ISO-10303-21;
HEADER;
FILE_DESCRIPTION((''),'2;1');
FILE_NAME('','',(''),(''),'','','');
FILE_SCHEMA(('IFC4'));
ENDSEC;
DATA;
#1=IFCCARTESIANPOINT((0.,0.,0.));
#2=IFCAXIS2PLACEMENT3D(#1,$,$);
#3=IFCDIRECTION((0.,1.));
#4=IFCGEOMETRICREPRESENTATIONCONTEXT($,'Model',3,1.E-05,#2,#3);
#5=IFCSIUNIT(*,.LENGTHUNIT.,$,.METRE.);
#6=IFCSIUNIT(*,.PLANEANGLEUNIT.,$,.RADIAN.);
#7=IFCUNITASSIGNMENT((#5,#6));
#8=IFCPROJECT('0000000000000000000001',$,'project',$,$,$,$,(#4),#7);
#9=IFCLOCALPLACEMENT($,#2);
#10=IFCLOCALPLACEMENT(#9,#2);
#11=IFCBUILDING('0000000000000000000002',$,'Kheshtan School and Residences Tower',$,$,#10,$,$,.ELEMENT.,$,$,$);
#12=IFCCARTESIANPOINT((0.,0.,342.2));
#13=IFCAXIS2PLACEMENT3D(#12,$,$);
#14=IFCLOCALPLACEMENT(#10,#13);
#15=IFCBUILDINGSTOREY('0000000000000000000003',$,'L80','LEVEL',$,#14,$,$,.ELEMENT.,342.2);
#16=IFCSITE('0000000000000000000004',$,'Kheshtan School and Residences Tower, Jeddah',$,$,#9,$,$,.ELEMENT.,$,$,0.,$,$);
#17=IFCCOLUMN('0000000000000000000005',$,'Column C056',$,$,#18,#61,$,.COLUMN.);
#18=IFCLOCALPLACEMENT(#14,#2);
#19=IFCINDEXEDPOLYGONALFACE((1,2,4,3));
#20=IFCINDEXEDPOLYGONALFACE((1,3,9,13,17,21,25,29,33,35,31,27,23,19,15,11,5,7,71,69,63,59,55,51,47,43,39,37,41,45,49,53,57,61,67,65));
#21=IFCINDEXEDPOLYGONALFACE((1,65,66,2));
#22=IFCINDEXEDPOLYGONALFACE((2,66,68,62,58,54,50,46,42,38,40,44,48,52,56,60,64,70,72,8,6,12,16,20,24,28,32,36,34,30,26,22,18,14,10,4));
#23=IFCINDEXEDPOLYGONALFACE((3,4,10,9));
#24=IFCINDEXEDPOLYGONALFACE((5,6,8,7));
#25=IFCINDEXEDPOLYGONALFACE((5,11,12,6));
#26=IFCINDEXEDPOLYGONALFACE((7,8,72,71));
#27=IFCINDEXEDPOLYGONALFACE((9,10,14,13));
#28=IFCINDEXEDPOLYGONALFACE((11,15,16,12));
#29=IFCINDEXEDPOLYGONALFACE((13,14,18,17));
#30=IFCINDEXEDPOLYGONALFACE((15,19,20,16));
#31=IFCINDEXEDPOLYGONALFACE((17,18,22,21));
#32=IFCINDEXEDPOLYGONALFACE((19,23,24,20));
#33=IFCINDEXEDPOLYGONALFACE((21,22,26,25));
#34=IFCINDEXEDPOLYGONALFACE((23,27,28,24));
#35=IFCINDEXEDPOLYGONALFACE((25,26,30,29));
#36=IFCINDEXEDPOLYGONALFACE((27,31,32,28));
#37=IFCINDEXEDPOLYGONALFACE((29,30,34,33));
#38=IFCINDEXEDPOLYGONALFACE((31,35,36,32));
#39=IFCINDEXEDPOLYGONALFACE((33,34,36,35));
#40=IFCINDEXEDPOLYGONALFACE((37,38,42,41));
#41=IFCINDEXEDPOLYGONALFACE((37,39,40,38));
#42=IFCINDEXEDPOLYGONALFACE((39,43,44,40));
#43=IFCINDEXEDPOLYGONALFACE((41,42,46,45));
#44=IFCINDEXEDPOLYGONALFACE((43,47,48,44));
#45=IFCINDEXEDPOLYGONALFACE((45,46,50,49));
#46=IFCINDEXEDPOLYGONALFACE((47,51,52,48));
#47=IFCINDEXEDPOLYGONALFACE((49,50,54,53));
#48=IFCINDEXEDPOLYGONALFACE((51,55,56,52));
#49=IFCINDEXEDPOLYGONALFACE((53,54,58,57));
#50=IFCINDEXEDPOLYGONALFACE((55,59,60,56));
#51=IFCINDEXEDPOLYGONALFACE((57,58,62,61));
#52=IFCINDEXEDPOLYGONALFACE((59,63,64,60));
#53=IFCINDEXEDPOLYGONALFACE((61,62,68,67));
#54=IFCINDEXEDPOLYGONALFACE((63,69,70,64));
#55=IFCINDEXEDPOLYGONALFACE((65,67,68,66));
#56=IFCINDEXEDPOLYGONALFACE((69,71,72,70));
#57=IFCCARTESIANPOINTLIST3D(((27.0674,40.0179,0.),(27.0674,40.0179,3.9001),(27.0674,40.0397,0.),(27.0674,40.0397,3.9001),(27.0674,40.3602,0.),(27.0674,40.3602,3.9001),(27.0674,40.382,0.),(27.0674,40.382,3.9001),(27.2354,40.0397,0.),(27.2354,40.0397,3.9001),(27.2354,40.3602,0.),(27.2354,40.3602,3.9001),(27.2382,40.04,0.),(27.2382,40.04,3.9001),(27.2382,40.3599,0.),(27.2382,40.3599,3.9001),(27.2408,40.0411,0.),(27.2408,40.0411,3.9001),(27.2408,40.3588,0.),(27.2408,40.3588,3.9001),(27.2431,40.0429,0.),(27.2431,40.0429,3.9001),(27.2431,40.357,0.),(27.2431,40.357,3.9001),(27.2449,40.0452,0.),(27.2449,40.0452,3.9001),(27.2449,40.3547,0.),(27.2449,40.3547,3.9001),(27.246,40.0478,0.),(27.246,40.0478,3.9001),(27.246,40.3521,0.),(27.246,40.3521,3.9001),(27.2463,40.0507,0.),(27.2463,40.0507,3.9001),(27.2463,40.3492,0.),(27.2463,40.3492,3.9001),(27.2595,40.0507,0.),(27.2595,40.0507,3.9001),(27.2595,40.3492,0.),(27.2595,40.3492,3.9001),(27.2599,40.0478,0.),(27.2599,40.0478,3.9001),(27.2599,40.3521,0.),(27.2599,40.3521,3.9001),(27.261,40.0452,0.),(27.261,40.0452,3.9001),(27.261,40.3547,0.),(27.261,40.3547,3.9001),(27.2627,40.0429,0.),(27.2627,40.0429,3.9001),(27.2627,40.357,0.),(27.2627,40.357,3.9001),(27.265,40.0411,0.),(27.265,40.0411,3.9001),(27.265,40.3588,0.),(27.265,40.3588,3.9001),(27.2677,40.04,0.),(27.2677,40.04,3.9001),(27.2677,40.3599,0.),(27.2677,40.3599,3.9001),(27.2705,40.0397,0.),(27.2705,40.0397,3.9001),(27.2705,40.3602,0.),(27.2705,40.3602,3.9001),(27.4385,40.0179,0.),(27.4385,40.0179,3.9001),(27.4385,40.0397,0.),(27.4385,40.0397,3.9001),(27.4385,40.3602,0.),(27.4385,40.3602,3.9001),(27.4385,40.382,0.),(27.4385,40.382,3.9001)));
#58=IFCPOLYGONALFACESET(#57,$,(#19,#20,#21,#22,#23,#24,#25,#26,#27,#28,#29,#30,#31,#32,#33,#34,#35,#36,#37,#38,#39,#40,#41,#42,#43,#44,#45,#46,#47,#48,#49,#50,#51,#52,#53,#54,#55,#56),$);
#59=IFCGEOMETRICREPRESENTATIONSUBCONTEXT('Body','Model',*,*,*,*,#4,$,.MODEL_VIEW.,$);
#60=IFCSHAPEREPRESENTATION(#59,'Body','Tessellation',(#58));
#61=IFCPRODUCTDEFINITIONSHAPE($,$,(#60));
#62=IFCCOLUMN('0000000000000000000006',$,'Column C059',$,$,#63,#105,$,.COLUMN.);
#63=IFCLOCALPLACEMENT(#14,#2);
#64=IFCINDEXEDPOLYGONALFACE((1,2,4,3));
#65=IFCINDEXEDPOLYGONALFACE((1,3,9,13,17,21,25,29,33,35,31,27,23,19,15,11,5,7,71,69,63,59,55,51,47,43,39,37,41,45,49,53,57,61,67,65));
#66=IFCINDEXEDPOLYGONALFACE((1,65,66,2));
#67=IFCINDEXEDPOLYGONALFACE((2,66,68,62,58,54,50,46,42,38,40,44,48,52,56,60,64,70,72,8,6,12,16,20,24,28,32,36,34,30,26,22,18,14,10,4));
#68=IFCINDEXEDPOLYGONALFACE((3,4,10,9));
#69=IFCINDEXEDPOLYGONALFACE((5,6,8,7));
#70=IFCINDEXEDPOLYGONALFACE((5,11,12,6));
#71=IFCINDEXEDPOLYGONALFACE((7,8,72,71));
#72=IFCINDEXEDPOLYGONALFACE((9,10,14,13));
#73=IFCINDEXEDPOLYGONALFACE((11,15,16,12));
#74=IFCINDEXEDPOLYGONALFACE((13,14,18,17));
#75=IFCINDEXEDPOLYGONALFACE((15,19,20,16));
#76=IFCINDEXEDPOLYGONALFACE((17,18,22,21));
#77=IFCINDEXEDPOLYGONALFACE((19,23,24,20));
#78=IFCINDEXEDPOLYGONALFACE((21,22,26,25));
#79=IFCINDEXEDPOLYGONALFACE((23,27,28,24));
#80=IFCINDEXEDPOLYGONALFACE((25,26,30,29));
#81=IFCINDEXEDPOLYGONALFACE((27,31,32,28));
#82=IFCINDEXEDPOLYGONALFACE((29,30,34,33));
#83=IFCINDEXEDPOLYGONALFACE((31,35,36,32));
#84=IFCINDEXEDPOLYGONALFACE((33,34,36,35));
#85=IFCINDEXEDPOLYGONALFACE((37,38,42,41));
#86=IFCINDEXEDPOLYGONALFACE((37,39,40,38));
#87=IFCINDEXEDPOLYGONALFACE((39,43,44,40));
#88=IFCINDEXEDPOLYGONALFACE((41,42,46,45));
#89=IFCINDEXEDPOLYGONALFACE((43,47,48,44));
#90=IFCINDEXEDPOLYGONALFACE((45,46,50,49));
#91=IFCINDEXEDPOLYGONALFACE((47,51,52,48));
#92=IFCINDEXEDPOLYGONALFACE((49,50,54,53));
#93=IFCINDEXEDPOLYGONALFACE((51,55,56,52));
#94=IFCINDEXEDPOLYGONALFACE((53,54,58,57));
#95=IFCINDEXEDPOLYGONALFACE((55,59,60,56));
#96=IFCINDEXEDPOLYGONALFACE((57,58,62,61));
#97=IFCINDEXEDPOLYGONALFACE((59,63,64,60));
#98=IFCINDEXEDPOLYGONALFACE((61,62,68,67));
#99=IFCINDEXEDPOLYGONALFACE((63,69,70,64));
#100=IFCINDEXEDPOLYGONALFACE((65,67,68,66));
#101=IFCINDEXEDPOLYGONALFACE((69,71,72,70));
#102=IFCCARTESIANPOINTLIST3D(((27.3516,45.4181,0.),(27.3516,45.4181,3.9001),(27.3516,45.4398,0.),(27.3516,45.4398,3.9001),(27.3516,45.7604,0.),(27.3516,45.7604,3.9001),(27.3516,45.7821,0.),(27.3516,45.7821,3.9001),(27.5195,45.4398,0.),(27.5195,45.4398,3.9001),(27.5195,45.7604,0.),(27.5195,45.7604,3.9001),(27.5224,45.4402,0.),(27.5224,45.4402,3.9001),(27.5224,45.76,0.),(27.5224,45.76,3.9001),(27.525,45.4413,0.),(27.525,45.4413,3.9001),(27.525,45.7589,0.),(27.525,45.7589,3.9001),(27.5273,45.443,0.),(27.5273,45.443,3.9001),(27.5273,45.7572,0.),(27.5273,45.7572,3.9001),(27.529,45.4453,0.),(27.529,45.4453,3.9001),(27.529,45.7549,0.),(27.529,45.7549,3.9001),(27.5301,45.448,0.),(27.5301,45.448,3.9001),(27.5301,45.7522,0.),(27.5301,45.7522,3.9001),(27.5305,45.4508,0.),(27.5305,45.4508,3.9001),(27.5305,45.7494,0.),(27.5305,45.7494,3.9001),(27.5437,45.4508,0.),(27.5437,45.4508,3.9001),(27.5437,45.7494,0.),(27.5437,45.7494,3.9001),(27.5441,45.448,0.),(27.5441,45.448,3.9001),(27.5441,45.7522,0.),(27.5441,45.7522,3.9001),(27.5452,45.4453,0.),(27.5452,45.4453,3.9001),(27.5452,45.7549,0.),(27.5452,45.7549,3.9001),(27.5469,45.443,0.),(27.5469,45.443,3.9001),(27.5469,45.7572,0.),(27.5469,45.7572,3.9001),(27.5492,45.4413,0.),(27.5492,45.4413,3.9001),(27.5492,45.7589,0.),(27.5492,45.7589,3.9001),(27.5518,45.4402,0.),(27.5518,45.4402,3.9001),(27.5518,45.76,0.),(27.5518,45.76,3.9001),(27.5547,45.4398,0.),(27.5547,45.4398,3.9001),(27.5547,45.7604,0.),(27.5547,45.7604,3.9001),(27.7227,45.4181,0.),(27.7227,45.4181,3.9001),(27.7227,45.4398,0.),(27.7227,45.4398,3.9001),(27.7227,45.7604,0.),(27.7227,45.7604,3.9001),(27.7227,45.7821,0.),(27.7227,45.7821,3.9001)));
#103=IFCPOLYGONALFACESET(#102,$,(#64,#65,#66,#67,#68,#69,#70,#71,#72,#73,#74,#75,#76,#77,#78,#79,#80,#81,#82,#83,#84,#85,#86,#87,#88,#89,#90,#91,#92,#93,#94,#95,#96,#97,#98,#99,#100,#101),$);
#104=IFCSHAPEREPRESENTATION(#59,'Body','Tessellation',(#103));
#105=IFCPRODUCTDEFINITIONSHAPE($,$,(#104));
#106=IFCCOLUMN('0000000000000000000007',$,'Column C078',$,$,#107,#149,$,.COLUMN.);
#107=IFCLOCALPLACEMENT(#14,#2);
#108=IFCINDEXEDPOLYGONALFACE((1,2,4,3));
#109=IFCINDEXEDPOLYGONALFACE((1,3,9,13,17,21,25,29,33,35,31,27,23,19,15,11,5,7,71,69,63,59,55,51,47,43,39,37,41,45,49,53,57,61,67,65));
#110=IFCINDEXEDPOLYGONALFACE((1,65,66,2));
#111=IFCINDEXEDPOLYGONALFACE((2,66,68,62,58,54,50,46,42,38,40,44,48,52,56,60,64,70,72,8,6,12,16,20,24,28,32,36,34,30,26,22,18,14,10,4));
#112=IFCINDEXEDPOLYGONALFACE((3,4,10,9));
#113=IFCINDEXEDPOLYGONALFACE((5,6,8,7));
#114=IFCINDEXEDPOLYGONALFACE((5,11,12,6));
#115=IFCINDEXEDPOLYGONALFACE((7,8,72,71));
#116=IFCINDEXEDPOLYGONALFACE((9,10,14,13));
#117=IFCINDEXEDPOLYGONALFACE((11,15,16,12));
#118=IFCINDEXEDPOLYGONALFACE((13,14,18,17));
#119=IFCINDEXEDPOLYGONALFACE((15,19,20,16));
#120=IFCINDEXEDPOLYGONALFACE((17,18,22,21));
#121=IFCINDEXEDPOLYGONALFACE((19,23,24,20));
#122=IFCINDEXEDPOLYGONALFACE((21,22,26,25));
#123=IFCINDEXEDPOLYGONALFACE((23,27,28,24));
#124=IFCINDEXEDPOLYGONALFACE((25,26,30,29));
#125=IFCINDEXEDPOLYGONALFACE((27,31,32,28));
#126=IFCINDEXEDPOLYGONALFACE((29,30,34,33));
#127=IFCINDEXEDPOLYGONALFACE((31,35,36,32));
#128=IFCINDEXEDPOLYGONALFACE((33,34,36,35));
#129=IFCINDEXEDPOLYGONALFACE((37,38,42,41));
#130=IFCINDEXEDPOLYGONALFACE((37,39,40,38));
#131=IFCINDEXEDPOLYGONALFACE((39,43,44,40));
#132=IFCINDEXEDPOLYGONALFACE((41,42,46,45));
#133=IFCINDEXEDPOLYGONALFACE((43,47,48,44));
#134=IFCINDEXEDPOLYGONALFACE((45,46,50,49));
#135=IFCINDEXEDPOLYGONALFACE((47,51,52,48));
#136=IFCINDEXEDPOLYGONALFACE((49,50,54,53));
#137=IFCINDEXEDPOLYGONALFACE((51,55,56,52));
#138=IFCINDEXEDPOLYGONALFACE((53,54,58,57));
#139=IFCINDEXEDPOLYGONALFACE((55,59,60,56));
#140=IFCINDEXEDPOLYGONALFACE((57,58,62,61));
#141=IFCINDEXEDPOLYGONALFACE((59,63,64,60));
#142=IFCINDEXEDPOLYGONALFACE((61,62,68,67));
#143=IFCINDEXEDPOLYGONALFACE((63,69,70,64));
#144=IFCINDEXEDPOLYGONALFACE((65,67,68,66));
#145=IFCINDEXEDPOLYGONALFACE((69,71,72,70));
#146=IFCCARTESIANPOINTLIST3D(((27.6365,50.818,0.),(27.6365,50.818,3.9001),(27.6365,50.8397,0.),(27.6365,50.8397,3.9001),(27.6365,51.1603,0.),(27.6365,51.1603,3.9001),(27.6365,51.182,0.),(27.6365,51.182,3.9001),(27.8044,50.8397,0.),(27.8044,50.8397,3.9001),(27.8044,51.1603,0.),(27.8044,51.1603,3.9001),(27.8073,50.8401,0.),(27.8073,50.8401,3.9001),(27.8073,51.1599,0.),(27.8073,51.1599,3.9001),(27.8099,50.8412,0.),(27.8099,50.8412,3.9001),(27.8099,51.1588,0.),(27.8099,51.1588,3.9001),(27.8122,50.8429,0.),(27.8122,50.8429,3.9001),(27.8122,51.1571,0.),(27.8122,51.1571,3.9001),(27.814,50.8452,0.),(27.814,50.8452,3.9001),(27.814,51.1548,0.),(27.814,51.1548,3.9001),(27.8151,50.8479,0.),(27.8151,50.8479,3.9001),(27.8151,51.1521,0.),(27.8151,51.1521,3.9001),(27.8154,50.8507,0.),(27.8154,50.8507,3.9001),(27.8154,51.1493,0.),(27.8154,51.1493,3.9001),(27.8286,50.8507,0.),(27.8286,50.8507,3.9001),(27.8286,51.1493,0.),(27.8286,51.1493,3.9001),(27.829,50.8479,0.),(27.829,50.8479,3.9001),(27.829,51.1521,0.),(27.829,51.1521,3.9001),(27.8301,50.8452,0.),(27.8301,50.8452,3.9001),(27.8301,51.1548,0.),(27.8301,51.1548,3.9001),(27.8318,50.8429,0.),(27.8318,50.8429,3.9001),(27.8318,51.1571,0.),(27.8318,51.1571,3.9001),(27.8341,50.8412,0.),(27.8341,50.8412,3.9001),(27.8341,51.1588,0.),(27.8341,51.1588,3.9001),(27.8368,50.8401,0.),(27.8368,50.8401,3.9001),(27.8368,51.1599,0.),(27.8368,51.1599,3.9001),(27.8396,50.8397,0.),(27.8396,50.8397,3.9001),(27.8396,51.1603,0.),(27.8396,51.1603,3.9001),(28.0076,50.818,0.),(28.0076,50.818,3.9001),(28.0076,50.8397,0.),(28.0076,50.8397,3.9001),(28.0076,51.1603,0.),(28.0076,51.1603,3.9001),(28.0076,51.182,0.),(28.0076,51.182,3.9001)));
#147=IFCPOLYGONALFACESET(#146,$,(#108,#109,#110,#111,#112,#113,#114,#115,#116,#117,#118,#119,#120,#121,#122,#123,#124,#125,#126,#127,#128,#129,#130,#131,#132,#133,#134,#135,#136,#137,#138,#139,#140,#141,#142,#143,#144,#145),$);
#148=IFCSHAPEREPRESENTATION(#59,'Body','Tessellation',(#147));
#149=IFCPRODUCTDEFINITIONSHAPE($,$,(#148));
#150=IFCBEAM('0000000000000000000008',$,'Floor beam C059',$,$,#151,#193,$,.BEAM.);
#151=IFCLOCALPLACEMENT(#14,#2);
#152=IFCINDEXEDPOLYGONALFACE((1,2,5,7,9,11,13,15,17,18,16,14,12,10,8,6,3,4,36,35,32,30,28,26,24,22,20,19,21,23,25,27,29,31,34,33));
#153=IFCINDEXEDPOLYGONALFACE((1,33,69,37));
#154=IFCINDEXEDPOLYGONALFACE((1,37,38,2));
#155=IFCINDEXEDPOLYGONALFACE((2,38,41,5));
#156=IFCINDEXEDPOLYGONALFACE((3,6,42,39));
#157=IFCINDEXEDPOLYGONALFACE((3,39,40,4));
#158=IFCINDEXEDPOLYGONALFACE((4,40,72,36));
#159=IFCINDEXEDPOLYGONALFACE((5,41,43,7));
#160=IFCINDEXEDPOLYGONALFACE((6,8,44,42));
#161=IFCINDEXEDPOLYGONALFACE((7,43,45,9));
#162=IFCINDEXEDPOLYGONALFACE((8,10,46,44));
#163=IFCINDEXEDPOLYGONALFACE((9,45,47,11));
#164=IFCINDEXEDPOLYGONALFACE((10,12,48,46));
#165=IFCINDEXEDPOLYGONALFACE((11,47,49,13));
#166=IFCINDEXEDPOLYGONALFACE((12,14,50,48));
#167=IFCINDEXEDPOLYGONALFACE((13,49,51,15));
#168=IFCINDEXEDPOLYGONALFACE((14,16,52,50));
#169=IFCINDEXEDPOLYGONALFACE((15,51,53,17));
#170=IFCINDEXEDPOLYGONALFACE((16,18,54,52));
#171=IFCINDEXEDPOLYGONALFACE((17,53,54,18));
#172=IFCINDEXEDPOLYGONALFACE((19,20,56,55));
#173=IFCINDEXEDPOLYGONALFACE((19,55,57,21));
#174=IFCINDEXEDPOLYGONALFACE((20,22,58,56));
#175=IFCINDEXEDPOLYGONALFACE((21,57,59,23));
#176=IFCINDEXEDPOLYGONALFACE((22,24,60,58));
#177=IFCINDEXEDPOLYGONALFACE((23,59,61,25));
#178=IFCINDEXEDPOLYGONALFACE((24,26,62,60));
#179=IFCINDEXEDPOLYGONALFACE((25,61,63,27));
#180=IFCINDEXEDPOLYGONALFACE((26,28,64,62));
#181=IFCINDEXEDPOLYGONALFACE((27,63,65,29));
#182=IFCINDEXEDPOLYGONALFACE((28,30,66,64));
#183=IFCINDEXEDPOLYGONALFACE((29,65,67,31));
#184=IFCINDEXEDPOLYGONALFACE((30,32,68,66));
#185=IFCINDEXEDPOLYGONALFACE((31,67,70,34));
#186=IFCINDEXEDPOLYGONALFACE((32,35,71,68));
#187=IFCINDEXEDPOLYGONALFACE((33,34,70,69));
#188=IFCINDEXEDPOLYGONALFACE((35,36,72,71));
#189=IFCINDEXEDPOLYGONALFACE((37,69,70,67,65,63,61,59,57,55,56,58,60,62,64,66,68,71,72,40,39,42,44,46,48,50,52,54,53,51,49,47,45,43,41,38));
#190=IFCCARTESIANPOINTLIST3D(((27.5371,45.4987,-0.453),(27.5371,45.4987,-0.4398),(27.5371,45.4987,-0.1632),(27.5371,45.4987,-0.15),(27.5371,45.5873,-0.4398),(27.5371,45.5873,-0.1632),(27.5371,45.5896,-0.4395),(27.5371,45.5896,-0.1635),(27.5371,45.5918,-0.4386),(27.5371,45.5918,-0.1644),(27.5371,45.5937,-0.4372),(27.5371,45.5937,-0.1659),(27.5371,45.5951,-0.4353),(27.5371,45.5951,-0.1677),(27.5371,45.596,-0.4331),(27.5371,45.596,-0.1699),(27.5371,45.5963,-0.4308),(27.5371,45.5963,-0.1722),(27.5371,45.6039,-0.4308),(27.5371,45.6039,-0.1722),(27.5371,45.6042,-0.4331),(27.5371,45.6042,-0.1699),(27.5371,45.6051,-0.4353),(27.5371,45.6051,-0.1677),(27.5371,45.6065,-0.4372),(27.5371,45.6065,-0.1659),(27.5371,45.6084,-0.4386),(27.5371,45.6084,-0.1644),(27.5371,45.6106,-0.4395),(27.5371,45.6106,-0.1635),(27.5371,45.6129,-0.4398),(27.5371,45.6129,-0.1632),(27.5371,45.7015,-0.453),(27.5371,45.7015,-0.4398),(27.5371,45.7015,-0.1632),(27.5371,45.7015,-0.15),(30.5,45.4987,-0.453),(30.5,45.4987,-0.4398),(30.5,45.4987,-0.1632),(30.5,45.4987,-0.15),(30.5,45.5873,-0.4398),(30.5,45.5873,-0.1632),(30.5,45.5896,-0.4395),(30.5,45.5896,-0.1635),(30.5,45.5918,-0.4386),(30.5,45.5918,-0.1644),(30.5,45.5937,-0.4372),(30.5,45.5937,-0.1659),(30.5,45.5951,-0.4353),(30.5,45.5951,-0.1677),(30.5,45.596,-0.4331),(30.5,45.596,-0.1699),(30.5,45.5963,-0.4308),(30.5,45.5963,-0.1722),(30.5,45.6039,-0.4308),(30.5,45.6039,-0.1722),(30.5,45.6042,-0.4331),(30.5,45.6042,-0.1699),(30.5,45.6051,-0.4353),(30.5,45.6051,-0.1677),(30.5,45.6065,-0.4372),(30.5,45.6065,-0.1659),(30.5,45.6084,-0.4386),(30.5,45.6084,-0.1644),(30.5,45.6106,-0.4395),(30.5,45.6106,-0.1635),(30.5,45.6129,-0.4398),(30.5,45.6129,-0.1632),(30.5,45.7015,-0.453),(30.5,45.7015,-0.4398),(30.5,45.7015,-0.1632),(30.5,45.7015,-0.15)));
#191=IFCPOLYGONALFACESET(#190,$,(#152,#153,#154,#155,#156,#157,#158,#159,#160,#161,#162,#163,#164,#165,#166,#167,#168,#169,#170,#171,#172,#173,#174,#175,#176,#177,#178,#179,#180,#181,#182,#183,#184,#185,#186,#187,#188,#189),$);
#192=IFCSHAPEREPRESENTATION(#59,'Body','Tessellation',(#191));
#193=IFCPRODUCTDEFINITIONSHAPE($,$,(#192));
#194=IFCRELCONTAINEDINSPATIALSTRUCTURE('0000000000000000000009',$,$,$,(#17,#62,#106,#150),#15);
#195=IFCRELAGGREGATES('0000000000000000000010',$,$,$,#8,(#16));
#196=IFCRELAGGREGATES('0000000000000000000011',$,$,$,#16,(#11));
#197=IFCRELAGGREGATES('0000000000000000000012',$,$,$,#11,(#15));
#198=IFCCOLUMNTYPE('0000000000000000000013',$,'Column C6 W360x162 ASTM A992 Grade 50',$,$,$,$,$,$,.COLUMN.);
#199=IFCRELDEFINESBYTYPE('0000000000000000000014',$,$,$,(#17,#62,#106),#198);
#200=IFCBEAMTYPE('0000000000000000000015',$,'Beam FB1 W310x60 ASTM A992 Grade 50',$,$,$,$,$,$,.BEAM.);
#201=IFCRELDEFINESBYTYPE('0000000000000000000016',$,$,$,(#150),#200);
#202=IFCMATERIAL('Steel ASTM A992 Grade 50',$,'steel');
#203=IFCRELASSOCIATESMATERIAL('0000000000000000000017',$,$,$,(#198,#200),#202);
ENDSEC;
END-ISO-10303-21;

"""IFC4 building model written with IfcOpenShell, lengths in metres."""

from ifc_helpers import new_model, si_unit, direction, frame, origin, origin_2d, place, context, subcontext, project, spatial, i_section, extrude, material, material_profile, profile_set, type_object, element, save


model = new_model("IFC4")

# Units and contexts
model_context = context("Model", 3, precision=1e-05, world=origin(), true_north=direction((0.0, 1.0)))
body_context = subcontext(model_context, "Body", "Model", "MODEL_VIEW")
ifc_project = project(units=[si_unit("LENGTHUNIT", "METRE"), si_unit("PLANEANGLEUNIT", "RADIAN")], contexts=[model_context])

# Site, building, storey
site_placement = place(None, origin())
site = spatial("IfcSite", under=ifc_project, at=site_placement, Name="Kheshtan School and Residences Tower, Jeddah", CompositionType="ELEMENT", RefElevation=0.0)
building_placement = place(site_placement, origin())
building = spatial("IfcBuilding", under=site, at=building_placement, Name="Kheshtan School and Residences Tower", CompositionType="ELEMENT")
storey_placement = place(building_placement, frame((0.0, 0.0, 342.2)))
storey = spatial("IfcBuildingStorey", under=building, at=storey_placement, Name="L80", Description="LEVEL", CompositionType="ELEMENT", Elevation=342.2)

# Columns
ifc_material_1 = material(Name="Steel ASTM A992 Grade 50", Category="steel")
ifc_material_profile_1 = material_profile(ifc_material_1, i_section(OverallWidth=0.3711, OverallDepth=0.364, WebThickness=0.0132, FlangeThickness=0.0217, FilletRadius=0.011, at=origin_2d()), Name="W360x162")
ifc_profile_set_1 = profile_set([ifc_material_profile_1], Name="Steel ASTM A992 Grade 50")
column_type = type_object("IfcColumnType", Name="Column C6 W360x162 ASTM A992 Grade 50", PredefinedType="COLUMN", material=ifc_profile_set_1)
for number, where, z_axis, x_axis, name in (
    (1, (27.2529, 40.2, 0.0), (0.0, 0.0, 1.0), (1.0, 0.0, 0.0), "Column C056"),
    (2, (27.5371, 45.6001, 0.0), (0.0, 0.0, 1.0), (1.0, 0.0, 0.0), "Column C059"),
    (3, (27.822, 51.0, 0.0), (0.0, 0.0, 1.0), (1.0, 0.0, 0.0), "Column C078"),
):
    element("IfcColumn", number, at=place(storey_placement, frame(where, z_axis=z_axis, x_axis=x_axis)), inside=storey, type_object=column_type, Name=name, PredefinedType="COLUMN", context=body_context, shape_type="SweptSolid", body=[
        extrude(i_section(OverallWidth=0.3711, OverallDepth=0.364, WebThickness=0.0132, FlangeThickness=0.0217, FilletRadius=0.011, at=origin_2d()), origin(), (0.0, 0.0, 1.0), 3.9001),
    ])

# Beam
ifc_material_profile_2 = material_profile(ifc_material_1, i_section(OverallWidth=0.2029, OverallDepth=0.303, WebThickness=0.0076, FlangeThickness=0.0132, FilletRadius=0.009, at=origin_2d()), Name="W310x60")
ifc_profile_set_2 = profile_set([ifc_material_profile_2], Name="Steel ASTM A992 Grade 50")
beam_type_1 = type_object("IfcBeamType", Name="Beam FB1 W310x60 ASTM A992 Grade 50", PredefinedType="BEAM", material=ifc_profile_set_2)
beam_1_placement = place(storey_placement, frame((27.5371, 45.6001, -0.3015), z_axis=(1.0, 0.0, 0.0), x_axis=(0.0, 1.0, 0.0)))
element("IfcBeam", 4, at=beam_1_placement, inside=storey, type_object=beam_type_1, Name="Floor beam C059", PredefinedType="BEAM", context=body_context, shape_type="SweptSolid", body=[
    extrude(i_section(OverallWidth=0.2029, OverallDepth=0.303, WebThickness=0.0076, FlangeThickness=0.0132, FilletRadius=0.009, at=origin_2d()), origin(), (0.0, 0.0, 1.0), 2.9629),
])

save(model, "model.ifc")
